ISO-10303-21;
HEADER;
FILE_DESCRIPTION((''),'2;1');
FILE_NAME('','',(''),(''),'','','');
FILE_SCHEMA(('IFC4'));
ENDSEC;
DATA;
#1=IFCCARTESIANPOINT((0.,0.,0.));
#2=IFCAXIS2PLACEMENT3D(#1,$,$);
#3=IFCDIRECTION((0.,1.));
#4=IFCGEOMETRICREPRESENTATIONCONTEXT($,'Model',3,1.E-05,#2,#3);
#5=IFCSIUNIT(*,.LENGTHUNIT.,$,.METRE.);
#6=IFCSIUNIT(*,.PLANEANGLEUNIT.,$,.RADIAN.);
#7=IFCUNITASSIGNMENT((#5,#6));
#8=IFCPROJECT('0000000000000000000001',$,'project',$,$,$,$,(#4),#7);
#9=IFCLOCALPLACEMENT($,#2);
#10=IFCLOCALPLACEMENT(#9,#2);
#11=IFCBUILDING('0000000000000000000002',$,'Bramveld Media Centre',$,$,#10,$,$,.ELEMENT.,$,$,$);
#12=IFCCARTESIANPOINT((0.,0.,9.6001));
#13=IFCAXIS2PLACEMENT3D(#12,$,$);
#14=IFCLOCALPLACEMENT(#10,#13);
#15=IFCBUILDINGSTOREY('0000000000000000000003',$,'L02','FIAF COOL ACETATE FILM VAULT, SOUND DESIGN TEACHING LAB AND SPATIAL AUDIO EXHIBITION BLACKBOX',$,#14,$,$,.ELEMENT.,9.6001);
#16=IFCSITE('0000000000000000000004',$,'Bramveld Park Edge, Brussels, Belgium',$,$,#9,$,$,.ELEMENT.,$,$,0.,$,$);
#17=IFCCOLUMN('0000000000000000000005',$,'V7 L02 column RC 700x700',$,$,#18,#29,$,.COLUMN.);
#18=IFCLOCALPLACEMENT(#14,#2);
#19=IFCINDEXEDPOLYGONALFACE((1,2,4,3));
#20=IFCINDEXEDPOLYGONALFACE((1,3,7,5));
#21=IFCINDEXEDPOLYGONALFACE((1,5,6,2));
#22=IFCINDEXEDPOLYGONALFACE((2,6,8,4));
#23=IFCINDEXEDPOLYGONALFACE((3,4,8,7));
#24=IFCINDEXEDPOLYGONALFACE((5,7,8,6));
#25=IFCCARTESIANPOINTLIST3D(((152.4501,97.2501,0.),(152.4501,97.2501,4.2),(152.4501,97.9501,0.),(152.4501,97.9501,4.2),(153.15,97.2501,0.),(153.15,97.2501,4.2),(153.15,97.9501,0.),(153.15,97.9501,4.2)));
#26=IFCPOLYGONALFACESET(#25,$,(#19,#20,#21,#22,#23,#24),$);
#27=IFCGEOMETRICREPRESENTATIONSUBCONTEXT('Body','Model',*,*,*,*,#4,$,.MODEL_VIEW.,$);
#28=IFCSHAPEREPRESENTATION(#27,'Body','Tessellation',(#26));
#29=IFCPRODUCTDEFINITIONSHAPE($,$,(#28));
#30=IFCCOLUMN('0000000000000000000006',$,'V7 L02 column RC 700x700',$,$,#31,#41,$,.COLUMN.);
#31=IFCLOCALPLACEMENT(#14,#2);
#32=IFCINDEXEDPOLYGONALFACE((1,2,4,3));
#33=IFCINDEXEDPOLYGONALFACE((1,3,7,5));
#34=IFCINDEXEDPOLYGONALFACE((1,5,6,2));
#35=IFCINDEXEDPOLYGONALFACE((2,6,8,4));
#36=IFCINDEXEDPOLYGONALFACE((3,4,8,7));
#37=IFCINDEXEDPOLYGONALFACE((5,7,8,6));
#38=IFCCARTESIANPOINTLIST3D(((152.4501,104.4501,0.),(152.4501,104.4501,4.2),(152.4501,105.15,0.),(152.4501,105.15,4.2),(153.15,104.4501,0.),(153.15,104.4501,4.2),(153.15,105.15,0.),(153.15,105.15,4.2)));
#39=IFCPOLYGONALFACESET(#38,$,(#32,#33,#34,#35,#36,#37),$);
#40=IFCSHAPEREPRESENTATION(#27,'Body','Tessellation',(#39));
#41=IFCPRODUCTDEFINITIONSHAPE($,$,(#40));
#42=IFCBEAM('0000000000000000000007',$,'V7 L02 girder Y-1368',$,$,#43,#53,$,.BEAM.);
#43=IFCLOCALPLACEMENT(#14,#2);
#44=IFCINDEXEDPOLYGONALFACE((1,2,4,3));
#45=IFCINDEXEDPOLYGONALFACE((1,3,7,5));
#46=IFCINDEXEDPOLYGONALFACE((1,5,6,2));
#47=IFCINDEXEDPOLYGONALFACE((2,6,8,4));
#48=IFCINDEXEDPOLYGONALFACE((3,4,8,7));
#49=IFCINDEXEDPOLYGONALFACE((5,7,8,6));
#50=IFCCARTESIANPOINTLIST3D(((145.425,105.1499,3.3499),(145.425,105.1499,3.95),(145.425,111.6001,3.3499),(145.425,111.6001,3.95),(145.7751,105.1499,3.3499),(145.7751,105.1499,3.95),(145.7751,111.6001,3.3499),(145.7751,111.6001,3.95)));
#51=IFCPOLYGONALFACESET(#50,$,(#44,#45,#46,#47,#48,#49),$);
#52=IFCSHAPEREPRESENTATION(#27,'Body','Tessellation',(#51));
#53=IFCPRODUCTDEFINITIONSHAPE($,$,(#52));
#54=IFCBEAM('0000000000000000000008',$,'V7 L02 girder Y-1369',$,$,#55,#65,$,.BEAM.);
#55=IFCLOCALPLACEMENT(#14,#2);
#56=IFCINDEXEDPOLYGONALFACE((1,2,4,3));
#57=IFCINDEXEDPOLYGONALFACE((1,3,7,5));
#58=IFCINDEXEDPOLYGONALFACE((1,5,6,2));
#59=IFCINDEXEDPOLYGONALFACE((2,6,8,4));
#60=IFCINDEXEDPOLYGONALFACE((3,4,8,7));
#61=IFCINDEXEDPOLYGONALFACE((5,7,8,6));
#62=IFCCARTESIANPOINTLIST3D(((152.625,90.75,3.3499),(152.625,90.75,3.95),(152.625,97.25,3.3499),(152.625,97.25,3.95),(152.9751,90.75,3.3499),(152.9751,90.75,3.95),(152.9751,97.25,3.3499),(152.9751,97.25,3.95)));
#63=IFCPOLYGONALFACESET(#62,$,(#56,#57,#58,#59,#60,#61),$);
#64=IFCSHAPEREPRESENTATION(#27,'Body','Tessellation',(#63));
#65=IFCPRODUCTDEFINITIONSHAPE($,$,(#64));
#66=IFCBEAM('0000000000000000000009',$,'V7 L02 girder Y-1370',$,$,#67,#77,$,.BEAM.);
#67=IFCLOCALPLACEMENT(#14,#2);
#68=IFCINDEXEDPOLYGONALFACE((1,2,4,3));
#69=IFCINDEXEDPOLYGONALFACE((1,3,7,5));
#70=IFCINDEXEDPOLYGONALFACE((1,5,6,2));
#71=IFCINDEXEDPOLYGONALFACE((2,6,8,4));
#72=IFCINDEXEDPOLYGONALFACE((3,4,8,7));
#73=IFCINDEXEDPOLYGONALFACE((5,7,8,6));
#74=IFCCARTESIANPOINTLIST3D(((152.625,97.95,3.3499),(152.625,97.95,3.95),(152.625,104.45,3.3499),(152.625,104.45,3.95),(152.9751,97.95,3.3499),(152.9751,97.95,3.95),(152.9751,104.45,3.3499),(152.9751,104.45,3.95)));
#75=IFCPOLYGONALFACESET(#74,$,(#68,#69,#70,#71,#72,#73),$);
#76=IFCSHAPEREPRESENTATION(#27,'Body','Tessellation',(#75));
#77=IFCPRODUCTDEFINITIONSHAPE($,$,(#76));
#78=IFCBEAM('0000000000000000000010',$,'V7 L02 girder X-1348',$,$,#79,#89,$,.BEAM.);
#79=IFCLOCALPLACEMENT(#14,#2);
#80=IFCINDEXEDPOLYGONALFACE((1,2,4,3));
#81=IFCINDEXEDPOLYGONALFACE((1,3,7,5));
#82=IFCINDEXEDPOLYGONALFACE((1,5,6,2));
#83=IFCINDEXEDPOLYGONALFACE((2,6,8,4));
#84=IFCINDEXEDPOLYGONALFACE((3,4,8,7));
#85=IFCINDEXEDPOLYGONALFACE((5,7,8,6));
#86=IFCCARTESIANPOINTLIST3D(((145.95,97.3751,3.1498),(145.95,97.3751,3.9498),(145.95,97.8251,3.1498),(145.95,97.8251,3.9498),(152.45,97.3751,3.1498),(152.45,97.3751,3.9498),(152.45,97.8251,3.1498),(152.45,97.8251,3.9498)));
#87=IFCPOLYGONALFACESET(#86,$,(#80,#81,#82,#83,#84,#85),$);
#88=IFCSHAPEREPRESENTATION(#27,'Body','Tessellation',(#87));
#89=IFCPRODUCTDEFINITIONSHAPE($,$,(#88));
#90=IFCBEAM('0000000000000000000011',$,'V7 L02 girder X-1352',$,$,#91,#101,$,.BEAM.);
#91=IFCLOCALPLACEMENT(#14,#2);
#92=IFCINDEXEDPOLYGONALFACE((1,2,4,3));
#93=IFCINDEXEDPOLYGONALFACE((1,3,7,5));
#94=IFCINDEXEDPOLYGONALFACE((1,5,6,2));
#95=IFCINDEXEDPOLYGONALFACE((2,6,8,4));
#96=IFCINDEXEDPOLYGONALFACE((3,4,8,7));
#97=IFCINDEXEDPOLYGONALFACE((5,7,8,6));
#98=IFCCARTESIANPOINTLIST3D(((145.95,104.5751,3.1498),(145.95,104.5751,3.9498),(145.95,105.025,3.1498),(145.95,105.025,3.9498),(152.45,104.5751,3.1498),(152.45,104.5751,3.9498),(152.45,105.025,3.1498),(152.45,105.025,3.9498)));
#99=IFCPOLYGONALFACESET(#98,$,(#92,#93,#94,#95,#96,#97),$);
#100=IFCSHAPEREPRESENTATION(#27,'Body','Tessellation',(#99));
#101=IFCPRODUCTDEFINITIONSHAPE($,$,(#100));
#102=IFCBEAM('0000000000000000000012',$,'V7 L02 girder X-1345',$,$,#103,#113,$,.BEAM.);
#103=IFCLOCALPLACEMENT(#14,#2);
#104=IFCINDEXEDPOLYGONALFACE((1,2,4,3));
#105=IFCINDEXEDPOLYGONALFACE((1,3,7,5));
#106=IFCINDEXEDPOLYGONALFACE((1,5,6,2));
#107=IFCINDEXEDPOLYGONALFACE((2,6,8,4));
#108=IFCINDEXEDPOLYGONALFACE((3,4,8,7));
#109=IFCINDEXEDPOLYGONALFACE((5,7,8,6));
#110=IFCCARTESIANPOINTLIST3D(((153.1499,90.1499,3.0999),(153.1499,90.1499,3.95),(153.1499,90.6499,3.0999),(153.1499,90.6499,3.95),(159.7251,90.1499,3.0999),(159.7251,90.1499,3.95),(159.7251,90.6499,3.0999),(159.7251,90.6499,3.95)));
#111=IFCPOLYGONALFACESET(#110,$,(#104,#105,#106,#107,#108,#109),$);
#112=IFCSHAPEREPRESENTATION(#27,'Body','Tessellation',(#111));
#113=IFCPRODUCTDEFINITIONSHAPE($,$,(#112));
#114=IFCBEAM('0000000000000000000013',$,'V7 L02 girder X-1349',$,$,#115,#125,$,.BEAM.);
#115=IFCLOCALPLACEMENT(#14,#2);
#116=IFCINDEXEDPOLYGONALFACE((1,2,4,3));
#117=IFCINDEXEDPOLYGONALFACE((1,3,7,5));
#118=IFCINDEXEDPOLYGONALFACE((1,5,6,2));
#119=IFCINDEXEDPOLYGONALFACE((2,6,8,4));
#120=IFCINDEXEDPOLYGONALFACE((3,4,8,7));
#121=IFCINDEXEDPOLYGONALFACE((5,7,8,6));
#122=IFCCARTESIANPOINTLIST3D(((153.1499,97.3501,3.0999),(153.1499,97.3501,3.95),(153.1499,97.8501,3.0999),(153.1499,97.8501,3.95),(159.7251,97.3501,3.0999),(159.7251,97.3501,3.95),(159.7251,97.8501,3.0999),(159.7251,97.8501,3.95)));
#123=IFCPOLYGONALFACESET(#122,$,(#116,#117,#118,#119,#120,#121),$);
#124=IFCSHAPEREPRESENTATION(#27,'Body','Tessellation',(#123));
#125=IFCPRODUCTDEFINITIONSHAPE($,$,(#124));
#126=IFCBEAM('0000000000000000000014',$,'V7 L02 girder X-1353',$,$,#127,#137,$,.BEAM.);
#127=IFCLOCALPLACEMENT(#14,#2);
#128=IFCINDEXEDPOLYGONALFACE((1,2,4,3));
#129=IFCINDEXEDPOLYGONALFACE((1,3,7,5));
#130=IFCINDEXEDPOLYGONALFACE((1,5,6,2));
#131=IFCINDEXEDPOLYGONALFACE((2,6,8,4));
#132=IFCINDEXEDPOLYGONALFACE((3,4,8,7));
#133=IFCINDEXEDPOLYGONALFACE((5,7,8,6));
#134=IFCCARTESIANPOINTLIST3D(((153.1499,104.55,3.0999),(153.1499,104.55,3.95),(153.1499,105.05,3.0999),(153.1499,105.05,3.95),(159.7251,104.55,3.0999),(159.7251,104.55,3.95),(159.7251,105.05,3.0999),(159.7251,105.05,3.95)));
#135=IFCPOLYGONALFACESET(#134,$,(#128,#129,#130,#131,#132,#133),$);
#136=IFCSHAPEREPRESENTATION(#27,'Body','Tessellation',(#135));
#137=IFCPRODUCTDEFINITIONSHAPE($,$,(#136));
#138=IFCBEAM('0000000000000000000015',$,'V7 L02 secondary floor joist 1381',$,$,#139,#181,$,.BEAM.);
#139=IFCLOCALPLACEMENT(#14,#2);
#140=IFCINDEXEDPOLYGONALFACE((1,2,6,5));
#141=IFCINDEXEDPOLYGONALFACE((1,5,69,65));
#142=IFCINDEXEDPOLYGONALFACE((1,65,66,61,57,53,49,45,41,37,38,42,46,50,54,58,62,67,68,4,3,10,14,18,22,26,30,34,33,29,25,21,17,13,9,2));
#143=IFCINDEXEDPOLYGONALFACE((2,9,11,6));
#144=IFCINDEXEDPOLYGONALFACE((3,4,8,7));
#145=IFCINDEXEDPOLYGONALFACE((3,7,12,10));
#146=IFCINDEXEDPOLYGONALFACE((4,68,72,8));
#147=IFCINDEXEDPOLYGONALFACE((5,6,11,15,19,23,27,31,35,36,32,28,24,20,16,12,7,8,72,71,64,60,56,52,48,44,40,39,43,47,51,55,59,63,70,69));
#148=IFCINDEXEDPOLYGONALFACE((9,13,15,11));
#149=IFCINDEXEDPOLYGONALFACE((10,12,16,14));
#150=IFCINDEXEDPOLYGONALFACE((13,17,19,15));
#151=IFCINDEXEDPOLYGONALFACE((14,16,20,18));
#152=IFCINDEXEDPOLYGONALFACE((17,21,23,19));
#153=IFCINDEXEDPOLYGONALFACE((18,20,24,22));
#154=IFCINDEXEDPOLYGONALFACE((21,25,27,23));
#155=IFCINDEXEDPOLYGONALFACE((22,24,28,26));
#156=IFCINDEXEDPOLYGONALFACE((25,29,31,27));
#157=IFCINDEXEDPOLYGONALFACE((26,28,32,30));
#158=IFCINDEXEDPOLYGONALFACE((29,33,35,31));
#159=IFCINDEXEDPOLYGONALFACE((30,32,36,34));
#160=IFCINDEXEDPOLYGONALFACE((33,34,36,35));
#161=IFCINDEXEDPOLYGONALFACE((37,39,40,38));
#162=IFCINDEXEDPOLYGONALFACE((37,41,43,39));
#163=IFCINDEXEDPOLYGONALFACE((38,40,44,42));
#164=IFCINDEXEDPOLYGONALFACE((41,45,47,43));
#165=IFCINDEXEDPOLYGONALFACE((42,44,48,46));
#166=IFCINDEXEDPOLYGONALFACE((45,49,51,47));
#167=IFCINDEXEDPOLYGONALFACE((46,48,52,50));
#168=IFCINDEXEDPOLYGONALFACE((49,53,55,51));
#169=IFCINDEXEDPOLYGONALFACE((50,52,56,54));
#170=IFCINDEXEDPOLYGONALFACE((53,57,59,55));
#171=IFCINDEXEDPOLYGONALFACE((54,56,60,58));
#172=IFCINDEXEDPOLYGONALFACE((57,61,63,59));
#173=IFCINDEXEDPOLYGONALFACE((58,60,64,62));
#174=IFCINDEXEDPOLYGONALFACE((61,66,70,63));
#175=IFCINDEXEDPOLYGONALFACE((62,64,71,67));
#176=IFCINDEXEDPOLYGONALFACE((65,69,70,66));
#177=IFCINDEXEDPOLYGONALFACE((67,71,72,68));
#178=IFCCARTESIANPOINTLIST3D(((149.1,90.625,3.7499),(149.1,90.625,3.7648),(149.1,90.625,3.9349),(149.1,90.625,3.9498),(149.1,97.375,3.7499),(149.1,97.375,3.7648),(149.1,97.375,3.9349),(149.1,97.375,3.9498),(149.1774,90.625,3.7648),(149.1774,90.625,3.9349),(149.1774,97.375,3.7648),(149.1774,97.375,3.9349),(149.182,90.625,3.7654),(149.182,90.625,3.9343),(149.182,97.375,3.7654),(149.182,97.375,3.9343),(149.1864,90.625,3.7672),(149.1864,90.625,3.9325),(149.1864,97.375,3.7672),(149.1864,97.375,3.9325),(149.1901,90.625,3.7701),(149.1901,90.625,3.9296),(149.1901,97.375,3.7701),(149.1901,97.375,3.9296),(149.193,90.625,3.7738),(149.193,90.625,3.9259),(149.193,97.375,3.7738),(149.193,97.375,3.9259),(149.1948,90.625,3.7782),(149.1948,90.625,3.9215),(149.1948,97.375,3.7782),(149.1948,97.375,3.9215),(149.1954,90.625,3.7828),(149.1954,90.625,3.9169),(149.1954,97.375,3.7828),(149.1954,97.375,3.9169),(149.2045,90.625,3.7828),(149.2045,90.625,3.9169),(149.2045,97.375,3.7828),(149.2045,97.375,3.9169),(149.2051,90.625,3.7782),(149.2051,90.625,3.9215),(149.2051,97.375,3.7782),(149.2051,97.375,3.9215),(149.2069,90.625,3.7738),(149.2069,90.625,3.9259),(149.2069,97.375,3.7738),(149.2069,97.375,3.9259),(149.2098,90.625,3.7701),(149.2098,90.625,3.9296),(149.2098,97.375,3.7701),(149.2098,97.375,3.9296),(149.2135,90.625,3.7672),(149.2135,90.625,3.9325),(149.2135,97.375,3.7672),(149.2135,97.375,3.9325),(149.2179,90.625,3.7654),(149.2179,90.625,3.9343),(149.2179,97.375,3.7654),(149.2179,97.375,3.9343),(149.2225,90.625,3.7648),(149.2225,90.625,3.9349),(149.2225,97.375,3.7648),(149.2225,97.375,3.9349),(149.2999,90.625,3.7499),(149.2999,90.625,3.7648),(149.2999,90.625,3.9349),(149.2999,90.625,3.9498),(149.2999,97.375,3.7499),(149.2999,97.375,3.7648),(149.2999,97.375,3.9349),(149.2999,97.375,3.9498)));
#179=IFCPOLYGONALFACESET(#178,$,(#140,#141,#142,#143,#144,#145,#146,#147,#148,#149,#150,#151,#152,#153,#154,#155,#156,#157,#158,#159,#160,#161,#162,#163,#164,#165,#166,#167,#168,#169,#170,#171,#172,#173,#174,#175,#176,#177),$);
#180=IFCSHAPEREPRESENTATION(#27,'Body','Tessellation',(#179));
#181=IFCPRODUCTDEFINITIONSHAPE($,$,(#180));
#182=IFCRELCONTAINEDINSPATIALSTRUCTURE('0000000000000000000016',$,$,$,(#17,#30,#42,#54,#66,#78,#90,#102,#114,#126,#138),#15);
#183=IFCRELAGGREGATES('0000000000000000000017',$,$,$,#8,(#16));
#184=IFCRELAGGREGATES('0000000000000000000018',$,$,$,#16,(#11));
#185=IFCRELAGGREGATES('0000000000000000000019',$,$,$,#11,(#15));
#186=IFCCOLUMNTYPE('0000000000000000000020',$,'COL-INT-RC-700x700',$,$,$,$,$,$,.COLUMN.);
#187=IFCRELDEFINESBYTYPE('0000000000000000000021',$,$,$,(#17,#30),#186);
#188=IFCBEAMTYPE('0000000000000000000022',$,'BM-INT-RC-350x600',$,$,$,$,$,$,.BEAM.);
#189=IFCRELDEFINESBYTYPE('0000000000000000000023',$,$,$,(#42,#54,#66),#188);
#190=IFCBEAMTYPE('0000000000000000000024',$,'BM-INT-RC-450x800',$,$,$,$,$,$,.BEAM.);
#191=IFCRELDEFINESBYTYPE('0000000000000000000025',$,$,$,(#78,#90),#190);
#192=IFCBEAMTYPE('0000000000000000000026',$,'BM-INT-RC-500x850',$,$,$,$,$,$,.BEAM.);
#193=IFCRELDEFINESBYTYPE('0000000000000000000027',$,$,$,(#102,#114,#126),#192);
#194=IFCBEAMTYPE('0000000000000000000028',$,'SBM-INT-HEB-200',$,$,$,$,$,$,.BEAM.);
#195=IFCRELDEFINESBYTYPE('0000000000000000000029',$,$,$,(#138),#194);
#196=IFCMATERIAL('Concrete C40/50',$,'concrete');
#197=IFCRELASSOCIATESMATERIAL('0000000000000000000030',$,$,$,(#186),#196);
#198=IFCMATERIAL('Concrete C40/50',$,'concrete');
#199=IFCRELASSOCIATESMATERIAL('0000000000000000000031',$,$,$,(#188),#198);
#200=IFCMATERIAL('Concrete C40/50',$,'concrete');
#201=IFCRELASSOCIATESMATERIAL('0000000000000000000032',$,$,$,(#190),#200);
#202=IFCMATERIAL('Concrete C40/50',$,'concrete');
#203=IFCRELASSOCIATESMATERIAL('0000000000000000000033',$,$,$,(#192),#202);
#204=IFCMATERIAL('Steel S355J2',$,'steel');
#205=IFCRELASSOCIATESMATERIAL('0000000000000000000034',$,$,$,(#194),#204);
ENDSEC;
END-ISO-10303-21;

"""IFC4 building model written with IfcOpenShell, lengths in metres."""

from ifc_helpers import new_model, si_unit, direction, frame, origin, origin_2d, place, context, subcontext, project, spatial, rectangle, i_section, extrude, material, material_profile, profile_set, type_object, element, save


model = new_model("IFC4")

# Units and contexts
model_context = context("Model", 3, precision=1e-05, world=origin(), true_north=direction((0.0, 1.0)))
body_context = subcontext(model_context, "Body", "Model", "MODEL_VIEW")
ifc_project = project(units=[si_unit("LENGTHUNIT", "METRE"), si_unit("PLANEANGLEUNIT", "RADIAN")], contexts=[model_context])

# Site, building, storey
site_placement = place(None, origin())
site = spatial("IfcSite", under=ifc_project, at=site_placement, Name="Bramveld Park Edge, Brussels, Belgium", CompositionType="ELEMENT", RefElevation=0.0)
building_placement = place(site_placement, origin())
building = spatial("IfcBuilding", under=site, at=building_placement, Name="Bramveld Media Centre", CompositionType="ELEMENT")
storey_placement = place(building_placement, frame((0.0, 0.0, 9.6001)))
storey = spatial("IfcBuildingStorey", under=building, at=storey_placement, Name="L02", Description="FIAF COOL ACETATE FILM VAULT, SOUND DESIGN TEACHING LAB AND SPATIAL AUDIO EXHIBITION BLACKBOX", CompositionType="ELEMENT", Elevation=9.6001)

# Columns
ifc_material_1 = material(Name="Concrete C40/50", Category="concrete")
ifc_material_profile_1 = material_profile(ifc_material_1, rectangle(XDim=0.7, YDim=0.7, at=origin_2d()), Name="RC 700x700")
ifc_profile_set_1 = profile_set([ifc_material_profile_1], Name="Concrete C40/50")
column_type = type_object("IfcColumnType", Name="COL-INT-RC-700x700", PredefinedType="COLUMN", material=ifc_profile_set_1)
for number, where, z_axis, x_axis, name in (
    (1, (152.8, 97.6001, 0.0), (0.0, 0.0, 1.0), (1.0, 0.0, 0.0), "V7 L02 column RC 700x700"),
    (2, (152.8, 104.8, 0.0), (0.0, 0.0, 1.0), (1.0, 0.0, 0.0), "V7 L02 column RC 700x700"),
):
    element("IfcColumn", number, at=place(storey_placement, frame(where, z_axis=z_axis, x_axis=x_axis)), inside=storey, type_object=column_type, Name=name, PredefinedType="COLUMN", context=body_context, shape_type="SweptSolid", body=[
        extrude(rectangle(XDim=0.7, YDim=0.7, at=origin_2d()), origin(), (0.0, 0.0, 1.0), 4.2),
    ])

# Beams
ifc_material_2 = material(Name="Concrete C40/50", Category="concrete")
ifc_material_profile_2 = material_profile(ifc_material_2, rectangle(XDim=0.3501, YDim=0.6001, at=origin_2d()), Name="RC 350x600")
ifc_profile_set_2 = profile_set([ifc_material_profile_2], Name="Concrete C40/50")
beam_type_1 = type_object("IfcBeamType", Name="BM-INT-RC-350x600", PredefinedType="BEAM", material=ifc_profile_set_2)
beam_1_placement = place(storey_placement, frame((145.6001, 105.1499, 3.6499), z_axis=(0.0, 1.0, 0.0), x_axis=(-1.0, 0.0, 0.0)))
element("IfcBeam", 3, at=beam_1_placement, inside=storey, type_object=beam_type_1, Name="V7 L02 girder Y-1368", PredefinedType="BEAM", context=body_context, shape_type="SweptSolid", body=[
    extrude(rectangle(XDim=0.3501, YDim=0.6001, at=origin_2d()), origin(), (0.0, 0.0, 1.0), 6.4502),
])
for number, where, z_axis, x_axis, name in (
    (4, (152.8, 90.75, 3.6499), (0.0, 1.0, 0.0), (-1.0, 0.0, 0.0), "V7 L02 girder Y-1369"),
    (5, (152.8, 97.95, 3.6499), (0.0, 1.0, 0.0), (-1.0, 0.0, 0.0), "V7 L02 girder Y-1370"),
):
    element("IfcBeam", number, at=place(storey_placement, frame(where, z_axis=z_axis, x_axis=x_axis)), inside=storey, type_object=beam_type_1, Name=name, PredefinedType="BEAM", context=body_context, shape_type="SweptSolid", body=[
        extrude(rectangle(XDim=0.3501, YDim=0.6001, at=origin_2d()), origin(), (0.0, 0.0, 1.0), 6.5),
    ])
ifc_material_3 = material(Name="Concrete C40/50", Category="concrete")
ifc_material_profile_3 = material_profile(ifc_material_3, rectangle(XDim=0.45, YDim=0.8, at=origin_2d()), Name="RC 450x800")
ifc_profile_set_3 = profile_set([ifc_material_profile_3], Name="Concrete C40/50")
beam_type_2 = type_object("IfcBeamType", Name="BM-INT-RC-450x800", PredefinedType="BEAM", material=ifc_profile_set_3)
for number, where, z_axis, x_axis, name in (
    (6, (145.95, 97.6001, 3.5498), (1.0, 0.0, 0.0), (0.0, 1.0, 0.0), "V7 L02 girder X-1348"),
    (7, (145.95, 104.8, 3.5498), (1.0, 0.0, 0.0), (0.0, 1.0, 0.0), "V7 L02 girder X-1352"),
):
    element("IfcBeam", number, at=place(storey_placement, frame(where, z_axis=z_axis, x_axis=x_axis)), inside=storey, type_object=beam_type_2, Name=name, PredefinedType="BEAM", context=body_context, shape_type="SweptSolid", body=[
        extrude(rectangle(XDim=0.45, YDim=0.8, at=origin_2d()), origin(), (0.0, 0.0, 1.0), 6.5),
    ])
ifc_material_4 = material(Name="Concrete C40/50", Category="concrete")
ifc_material_profile_4 = material_profile(ifc_material_4, rectangle(XDim=0.5, YDim=0.8501, at=origin_2d()), Name="RC 500x850")
ifc_profile_set_4 = profile_set([ifc_material_profile_4], Name="Concrete C40/50")
beam_type_3 = type_object("IfcBeamType", Name="BM-INT-RC-500x850", PredefinedType="BEAM", material=ifc_profile_set_4)
for number, where, z_axis, x_axis, name in (
    (8, (153.1499, 90.3999, 3.5249), (1.0, 0.0, 0.0), (0.0, 1.0, 0.0), "V7 L02 girder X-1345"),
    (9, (153.1499, 97.6001, 3.5249), (1.0, 0.0, 0.0), (0.0, 1.0, 0.0), "V7 L02 girder X-1349"),
    (10, (153.1499, 104.8, 3.5249), (1.0, 0.0, 0.0), (0.0, 1.0, 0.0), "V7 L02 girder X-1353"),
):
    element("IfcBeam", number, at=place(storey_placement, frame(where, z_axis=z_axis, x_axis=x_axis)), inside=storey, type_object=beam_type_3, Name=name, PredefinedType="BEAM", context=body_context, shape_type="SweptSolid", body=[
        extrude(rectangle(XDim=0.5, YDim=0.8501, at=origin_2d()), origin(), (0.0, 0.0, 1.0), 6.5752),
    ])
ifc_material_5 = material(Name="Steel S355J2", Category="steel")
ifc_material_profile_5 = material_profile(ifc_material_5, i_section(OverallWidth=0.2, OverallDepth=0.2, WebThickness=0.009, FlangeThickness=0.0149, FilletRadius=0.0181, at=origin_2d()), Name="HEB 200")
ifc_profile_set_5 = profile_set([ifc_material_profile_5], Name="Steel S355J2")
beam_type_4 = type_object("IfcBeamType", Name="SBM-INT-HEB-200", PredefinedType="BEAM", material=ifc_profile_set_5)
beam_2_placement = place(storey_placement, frame((149.2, 90.625, 3.8499), z_axis=(0.0, 1.0, 0.0), x_axis=(-1.0, 0.0, 0.0)))
element("IfcBeam", 11, at=beam_2_placement, inside=storey, type_object=beam_type_4, Name="V7 L02 secondary floor joist 1381", PredefinedType="BEAM", context=body_context, shape_type="SweptSolid", body=[
    extrude(i_section(OverallWidth=0.2, OverallDepth=0.2, WebThickness=0.009, FlangeThickness=0.0149, FilletRadius=0.0181, at=origin_2d()), origin(), (0.0, 0.0, 1.0), 6.75),
])

save(model, "model.ifc")
